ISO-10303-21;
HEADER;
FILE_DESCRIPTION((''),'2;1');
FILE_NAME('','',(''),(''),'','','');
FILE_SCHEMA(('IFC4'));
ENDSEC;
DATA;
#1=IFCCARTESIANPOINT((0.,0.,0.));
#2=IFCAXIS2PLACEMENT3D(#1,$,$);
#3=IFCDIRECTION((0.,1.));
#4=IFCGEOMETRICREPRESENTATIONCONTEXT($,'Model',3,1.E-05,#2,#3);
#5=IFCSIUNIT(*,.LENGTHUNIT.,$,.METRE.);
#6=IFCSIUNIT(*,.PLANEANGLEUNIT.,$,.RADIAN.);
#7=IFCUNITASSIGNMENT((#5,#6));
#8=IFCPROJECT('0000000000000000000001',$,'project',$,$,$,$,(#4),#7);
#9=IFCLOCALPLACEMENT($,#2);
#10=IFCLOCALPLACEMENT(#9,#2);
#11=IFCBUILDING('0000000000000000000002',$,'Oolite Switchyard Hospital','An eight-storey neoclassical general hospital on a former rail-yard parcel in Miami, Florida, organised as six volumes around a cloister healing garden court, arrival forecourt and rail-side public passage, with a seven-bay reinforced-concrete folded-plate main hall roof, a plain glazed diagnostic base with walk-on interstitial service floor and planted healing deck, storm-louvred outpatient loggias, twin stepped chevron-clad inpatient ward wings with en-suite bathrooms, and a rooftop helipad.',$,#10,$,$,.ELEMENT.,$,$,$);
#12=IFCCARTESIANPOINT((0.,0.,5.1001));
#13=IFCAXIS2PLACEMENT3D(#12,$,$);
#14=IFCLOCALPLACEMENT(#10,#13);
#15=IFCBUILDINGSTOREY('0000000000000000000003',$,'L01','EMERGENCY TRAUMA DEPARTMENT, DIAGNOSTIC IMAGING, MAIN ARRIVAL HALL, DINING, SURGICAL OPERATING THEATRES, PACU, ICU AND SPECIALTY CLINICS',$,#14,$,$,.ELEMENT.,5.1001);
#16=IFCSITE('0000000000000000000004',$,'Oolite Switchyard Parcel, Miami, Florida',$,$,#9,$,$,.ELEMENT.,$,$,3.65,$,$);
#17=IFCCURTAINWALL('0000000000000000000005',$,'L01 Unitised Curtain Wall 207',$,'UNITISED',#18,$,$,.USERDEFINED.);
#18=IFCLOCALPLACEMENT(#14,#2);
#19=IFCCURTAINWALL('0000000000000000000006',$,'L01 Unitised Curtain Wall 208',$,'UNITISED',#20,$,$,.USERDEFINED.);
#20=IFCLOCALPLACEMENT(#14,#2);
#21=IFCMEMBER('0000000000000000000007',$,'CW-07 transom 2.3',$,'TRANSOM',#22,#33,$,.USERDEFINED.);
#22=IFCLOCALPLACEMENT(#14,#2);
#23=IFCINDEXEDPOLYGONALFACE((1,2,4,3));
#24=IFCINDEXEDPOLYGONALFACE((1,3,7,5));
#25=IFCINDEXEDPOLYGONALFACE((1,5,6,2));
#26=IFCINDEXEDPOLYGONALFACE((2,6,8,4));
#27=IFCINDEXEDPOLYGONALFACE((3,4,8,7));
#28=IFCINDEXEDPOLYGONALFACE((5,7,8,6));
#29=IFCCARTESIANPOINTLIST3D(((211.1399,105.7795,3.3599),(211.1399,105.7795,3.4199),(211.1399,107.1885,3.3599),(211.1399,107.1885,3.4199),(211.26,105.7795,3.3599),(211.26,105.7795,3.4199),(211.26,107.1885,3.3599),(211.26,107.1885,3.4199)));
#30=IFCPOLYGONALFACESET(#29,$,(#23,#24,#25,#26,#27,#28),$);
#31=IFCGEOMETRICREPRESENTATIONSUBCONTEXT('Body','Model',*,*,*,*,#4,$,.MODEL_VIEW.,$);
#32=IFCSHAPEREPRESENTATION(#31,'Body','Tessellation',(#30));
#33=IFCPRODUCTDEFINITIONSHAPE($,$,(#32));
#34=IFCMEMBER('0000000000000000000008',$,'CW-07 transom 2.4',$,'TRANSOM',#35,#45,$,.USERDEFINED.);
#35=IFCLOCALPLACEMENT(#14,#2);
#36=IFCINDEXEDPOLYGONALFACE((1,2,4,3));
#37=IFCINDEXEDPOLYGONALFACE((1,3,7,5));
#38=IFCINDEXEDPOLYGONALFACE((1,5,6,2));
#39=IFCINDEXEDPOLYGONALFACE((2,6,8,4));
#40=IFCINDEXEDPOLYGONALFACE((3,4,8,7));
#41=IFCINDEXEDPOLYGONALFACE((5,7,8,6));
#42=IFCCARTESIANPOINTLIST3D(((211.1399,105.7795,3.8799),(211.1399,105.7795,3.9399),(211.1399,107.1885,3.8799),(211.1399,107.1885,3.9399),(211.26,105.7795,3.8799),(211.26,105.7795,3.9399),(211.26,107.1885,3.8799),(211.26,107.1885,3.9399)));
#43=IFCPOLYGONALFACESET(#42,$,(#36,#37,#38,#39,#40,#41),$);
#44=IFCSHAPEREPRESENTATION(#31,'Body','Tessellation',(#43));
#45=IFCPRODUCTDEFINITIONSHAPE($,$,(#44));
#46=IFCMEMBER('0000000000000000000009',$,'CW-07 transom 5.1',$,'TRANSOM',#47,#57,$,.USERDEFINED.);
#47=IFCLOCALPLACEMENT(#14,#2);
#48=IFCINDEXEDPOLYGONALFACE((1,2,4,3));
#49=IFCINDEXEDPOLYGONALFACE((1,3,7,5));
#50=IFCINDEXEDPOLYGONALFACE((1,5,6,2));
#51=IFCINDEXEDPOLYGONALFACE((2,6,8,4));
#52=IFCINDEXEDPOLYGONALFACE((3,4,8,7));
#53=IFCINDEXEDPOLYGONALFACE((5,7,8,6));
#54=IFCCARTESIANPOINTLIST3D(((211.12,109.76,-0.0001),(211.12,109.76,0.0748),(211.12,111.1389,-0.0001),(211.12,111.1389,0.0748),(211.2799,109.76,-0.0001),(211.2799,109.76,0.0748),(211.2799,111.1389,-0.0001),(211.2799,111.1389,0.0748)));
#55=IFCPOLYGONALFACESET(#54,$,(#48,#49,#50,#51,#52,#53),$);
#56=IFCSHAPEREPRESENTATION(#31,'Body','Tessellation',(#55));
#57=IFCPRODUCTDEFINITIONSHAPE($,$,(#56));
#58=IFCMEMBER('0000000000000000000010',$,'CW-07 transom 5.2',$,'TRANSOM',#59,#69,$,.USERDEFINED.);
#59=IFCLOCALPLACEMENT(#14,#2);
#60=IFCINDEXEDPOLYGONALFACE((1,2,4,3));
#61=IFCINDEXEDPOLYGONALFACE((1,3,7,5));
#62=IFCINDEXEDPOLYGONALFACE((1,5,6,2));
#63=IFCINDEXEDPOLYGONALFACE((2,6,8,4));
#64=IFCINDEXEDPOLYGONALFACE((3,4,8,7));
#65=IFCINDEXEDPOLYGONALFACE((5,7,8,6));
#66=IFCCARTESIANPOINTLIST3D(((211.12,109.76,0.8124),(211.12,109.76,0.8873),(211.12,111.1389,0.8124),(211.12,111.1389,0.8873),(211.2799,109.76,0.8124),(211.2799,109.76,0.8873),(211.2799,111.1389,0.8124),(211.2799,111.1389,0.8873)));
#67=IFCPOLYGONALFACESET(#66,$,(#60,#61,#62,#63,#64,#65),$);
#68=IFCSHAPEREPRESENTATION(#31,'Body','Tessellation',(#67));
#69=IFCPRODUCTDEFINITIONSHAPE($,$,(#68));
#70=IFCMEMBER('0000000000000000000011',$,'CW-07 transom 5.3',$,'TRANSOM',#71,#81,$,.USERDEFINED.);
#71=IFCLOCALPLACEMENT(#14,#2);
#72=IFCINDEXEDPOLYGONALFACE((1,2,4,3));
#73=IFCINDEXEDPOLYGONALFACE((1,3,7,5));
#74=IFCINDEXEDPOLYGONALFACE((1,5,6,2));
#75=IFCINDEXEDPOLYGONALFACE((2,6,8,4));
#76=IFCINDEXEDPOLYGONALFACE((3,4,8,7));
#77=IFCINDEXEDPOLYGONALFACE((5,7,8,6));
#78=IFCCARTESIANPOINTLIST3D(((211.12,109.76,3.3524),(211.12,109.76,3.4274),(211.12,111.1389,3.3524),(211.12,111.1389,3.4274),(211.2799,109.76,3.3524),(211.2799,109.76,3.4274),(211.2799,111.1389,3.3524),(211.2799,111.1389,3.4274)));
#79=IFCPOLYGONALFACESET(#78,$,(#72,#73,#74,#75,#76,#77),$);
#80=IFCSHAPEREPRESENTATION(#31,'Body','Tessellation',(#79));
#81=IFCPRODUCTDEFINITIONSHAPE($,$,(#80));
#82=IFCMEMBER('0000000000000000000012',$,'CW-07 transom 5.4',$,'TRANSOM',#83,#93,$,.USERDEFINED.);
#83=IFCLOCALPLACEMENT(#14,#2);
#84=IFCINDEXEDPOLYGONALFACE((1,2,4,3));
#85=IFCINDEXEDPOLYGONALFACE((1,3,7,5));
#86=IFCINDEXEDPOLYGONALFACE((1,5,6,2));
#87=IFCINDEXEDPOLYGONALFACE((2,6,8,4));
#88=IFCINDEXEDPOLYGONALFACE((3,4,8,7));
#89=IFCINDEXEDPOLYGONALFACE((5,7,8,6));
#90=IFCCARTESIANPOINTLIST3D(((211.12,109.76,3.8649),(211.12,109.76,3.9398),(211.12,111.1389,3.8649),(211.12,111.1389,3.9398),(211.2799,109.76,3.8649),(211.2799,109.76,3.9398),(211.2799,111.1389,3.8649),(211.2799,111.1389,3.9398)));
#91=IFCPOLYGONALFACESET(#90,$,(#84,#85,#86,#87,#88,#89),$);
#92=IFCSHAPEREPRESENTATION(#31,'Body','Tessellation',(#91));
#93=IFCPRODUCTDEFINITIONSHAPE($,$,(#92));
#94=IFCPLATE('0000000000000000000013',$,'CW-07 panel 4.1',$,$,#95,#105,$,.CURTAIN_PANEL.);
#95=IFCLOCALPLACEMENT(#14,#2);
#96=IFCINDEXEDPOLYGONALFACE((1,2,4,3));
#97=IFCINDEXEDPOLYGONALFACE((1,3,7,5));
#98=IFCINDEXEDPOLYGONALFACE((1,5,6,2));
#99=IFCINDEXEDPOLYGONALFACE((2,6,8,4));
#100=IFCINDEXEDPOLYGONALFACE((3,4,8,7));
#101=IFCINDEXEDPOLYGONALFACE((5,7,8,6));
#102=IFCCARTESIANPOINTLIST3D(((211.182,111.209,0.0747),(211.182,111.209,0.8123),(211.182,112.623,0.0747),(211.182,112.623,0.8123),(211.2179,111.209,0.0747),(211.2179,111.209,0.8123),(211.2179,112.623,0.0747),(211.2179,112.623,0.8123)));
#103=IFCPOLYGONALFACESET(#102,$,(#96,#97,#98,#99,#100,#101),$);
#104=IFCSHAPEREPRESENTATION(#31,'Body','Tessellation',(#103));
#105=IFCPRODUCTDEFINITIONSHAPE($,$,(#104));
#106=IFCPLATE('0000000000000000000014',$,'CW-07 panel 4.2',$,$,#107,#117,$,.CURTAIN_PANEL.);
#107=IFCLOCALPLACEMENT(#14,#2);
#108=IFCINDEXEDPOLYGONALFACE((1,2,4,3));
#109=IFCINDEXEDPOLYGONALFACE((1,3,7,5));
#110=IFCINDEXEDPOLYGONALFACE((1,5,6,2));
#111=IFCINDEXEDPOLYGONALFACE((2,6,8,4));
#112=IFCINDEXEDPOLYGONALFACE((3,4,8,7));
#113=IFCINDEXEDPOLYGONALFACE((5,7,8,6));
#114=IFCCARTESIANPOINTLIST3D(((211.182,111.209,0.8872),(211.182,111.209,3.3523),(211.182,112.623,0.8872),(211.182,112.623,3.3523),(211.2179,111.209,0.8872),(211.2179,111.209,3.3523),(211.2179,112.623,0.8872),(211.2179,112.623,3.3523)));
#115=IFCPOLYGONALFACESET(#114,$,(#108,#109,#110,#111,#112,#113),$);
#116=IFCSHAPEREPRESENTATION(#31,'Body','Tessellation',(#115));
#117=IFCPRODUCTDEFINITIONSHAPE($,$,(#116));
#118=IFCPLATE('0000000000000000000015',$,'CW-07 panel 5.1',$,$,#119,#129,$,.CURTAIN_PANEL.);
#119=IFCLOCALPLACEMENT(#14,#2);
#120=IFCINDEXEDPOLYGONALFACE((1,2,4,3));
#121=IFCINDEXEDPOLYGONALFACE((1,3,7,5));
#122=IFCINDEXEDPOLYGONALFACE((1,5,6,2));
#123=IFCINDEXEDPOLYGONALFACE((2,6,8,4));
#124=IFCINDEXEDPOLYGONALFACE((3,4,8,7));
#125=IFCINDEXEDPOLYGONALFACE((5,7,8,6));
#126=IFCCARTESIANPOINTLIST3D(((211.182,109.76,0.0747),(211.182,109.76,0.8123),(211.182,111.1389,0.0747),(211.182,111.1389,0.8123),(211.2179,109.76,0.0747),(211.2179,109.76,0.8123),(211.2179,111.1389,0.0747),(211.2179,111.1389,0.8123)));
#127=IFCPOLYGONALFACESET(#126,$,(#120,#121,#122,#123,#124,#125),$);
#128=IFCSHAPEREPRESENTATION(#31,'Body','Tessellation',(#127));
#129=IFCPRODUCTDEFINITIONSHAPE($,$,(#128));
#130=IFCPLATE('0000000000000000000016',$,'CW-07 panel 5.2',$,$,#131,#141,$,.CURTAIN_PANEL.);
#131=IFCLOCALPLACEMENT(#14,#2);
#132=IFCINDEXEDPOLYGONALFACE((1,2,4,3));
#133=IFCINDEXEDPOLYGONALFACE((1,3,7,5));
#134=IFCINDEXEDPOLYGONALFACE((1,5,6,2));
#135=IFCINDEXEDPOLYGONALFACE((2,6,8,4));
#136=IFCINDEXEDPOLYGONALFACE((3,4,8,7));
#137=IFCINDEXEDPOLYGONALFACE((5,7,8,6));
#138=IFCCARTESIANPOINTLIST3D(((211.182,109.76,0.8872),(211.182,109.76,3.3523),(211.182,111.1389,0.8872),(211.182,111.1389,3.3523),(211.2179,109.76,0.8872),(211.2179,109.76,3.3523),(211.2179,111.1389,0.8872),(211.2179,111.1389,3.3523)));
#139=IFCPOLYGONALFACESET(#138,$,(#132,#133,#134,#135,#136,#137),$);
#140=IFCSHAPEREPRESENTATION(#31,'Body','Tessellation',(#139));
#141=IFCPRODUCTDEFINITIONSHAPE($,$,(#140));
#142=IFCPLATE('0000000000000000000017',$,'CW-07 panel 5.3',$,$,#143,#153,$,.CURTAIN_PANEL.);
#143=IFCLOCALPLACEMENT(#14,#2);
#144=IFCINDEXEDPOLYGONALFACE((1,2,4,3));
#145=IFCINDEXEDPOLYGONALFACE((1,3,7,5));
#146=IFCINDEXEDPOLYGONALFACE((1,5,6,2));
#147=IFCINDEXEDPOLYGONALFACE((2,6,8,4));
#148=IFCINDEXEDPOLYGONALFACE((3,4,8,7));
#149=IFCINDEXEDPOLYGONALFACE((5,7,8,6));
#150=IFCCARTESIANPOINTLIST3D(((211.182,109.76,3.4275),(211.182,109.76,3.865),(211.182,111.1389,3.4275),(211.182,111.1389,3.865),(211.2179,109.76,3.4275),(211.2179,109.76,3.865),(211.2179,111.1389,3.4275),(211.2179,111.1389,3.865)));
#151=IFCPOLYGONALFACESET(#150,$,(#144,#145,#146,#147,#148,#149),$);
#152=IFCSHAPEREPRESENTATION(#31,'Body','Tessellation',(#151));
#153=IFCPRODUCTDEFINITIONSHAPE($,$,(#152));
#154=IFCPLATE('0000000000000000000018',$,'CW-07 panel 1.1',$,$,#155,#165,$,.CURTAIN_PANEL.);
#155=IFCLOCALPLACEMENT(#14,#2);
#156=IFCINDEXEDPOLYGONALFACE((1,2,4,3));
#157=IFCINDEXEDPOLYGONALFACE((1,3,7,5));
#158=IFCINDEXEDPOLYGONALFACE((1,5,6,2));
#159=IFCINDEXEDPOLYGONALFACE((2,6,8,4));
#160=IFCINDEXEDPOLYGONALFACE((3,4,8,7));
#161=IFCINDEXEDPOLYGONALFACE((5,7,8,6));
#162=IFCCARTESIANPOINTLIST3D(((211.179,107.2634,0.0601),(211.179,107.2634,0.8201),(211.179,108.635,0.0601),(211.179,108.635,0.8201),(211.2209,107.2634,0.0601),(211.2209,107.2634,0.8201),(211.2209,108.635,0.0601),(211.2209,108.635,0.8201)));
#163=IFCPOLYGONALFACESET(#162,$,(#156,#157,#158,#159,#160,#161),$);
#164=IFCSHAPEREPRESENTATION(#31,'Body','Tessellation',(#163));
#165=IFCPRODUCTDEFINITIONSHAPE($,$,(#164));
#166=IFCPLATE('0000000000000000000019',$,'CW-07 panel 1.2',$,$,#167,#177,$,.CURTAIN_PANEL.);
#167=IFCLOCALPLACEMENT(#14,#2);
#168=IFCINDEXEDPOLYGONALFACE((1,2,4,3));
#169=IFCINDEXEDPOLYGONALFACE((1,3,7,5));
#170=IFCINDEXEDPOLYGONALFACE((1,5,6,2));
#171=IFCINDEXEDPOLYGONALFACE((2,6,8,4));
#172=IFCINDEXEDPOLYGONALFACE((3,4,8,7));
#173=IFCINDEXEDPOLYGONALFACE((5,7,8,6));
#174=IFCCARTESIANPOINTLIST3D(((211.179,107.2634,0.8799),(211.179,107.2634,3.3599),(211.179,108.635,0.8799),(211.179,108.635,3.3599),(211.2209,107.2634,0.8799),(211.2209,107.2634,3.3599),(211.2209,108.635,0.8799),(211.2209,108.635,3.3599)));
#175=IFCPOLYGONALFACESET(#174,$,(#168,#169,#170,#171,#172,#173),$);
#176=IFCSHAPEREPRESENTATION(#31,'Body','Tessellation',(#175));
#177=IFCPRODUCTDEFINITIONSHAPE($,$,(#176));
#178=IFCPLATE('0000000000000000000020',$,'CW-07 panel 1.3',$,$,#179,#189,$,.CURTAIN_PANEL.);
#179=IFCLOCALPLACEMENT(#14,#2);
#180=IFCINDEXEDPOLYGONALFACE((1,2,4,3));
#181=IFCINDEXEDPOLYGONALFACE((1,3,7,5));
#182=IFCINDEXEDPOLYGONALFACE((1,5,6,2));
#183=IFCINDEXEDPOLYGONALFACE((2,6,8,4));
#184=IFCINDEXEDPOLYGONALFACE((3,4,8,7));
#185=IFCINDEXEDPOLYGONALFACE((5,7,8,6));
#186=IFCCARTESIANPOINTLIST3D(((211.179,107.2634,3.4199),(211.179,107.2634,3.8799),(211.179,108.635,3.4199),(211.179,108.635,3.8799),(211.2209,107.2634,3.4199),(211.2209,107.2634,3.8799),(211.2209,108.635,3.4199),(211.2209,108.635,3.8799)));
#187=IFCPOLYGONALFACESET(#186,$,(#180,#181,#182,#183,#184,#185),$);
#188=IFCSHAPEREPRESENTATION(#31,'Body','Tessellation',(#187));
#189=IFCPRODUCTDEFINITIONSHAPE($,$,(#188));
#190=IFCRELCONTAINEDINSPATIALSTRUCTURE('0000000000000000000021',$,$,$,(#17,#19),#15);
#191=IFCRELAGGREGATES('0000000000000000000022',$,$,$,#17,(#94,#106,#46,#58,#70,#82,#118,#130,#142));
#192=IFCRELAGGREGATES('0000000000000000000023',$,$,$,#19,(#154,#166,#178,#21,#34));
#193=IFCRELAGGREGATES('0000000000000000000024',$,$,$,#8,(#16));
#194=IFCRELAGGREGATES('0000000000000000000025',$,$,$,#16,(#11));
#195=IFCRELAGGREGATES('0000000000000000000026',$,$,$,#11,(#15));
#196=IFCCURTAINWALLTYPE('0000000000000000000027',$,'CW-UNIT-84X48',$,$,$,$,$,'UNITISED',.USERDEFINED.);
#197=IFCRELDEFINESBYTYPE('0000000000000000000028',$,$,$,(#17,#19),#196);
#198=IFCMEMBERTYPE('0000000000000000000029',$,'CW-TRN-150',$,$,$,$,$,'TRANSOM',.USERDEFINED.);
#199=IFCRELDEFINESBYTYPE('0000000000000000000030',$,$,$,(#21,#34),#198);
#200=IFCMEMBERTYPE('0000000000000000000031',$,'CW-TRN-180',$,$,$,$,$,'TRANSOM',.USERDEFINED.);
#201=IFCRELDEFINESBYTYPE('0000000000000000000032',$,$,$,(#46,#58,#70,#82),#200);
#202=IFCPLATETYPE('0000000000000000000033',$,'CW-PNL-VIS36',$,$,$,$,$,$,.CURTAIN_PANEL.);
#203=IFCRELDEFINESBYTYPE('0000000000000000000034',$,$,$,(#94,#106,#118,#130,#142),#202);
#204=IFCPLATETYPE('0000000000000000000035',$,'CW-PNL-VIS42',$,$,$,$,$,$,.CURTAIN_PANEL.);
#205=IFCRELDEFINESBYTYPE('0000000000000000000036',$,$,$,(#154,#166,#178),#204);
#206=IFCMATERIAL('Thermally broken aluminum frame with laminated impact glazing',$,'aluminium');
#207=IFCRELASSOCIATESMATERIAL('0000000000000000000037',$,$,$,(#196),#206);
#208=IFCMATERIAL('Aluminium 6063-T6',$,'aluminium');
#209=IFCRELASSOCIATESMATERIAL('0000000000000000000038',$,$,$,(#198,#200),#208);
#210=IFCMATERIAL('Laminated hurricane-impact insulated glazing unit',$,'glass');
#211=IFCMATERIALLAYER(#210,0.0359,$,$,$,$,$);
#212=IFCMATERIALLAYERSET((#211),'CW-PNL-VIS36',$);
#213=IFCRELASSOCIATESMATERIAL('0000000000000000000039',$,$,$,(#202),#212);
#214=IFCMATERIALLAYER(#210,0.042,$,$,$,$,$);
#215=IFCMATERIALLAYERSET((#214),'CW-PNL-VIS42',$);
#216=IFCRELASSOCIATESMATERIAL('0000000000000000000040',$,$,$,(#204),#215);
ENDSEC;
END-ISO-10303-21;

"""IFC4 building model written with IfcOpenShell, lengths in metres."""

from ifc_helpers import new_model, si_unit, direction, frame, origin, origin_2d, place, context, subcontext, project, spatial, rectangle, extrude, material, layer, layer_set, material_profile, profile_set, type_object, element, aggregate, save


model = new_model("IFC4")

# Units and contexts
model_context = context("Model", 3, precision=1e-05, world=origin(), true_north=direction((0.0, 1.0)))
body_context = subcontext(model_context, "Body", "Model", "MODEL_VIEW")
ifc_project = project(units=[si_unit("LENGTHUNIT", "METRE"), si_unit("PLANEANGLEUNIT", "RADIAN")], contexts=[model_context])

# Site, building, storey
site_placement = place(None, origin())
site = spatial("IfcSite", under=ifc_project, at=site_placement, Name="Oolite Switchyard Parcel, Miami, Florida", CompositionType="ELEMENT", RefElevation=3.65)
building_placement = place(site_placement, origin())
building = spatial("IfcBuilding", under=site, at=building_placement, Name="Oolite Switchyard Hospital", Description="An eight-storey neoclassical general hospital on a former rail-yard parcel in Miami, Florida, organised as six volumes around a cloister healing garden court, arrival forecourt and rail-side public passage, with a seven-bay reinforced-concrete folded-plate main hall roof, a plain glazed diagnostic base with walk-on interstitial service floor and planted healing deck, storm-louvred outpatient loggias, twin stepped chevron-clad inpatient ward wings with en-suite bathrooms, and a rooftop helipad.", CompositionType="ELEMENT")
storey_placement = place(building_placement, frame((0.0, 0.0, 5.1001)))
storey = spatial("IfcBuildingStorey", under=building, at=storey_placement, Name="L01", Description="EMERGENCY TRAUMA DEPARTMENT, DIAGNOSTIC IMAGING, MAIN ARRIVAL HALL, DINING, SURGICAL OPERATING THEATRES, PACU, ICU AND SPECIALTY CLINICS", CompositionType="ELEMENT", Elevation=5.1001)

# Curtain walls, members
ifc_material_1 = material(Name="Thermally broken aluminum frame with laminated impact glazing", Category="aluminium")
curtain_wall_type = type_object("IfcCurtainWallType", Name="CW-UNIT-84X48", ElementType="UNITISED", PredefinedType="USERDEFINED", material=ifc_material_1)
curtain_wall_1_placement = place(storey_placement, origin())
curtain_wall_1 = element("IfcCurtainWall", 1, at=curtain_wall_1_placement, inside=storey, type_object=curtain_wall_type, Name="L01 Unitised Curtain Wall 207", ObjectType="UNITISED", PredefinedType="USERDEFINED")
ifc_material_2 = material(Name="Aluminium 6063-T6", Category="aluminium")
curtain_wall_2_placement = place(storey_placement, origin())
curtain_wall_2 = element("IfcCurtainWall", 2, at=curtain_wall_2_placement, inside=storey, type_object=curtain_wall_type, Name="L01 Unitised Curtain Wall 208", ObjectType="UNITISED", PredefinedType="USERDEFINED")
ifc_material_profile_1 = material_profile(ifc_material_2, rectangle(XDim=0.1201, YDim=0.0601, at=origin_2d()), Name="CWT60X120")
ifc_profile_set_1 = profile_set([ifc_material_profile_1], Name="Aluminium 6063-T6")
member_type_1 = type_object("IfcMemberType", Name="CW-TRN-150", ElementType="TRANSOM", PredefinedType="USERDEFINED", material=ifc_profile_set_1)
member_1_placement = place(storey_placement, frame((211.2, 107.1885, 3.3899), z_axis=(0.0, -1.0, 0.0), x_axis=(1.0, 0.0, 0.0)))
member_1 = element("IfcMember", 3, at=member_1_placement, type_object=member_type_1, Name="CW-07 transom 2.3", ObjectType="TRANSOM", PredefinedType="USERDEFINED", context=body_context, shape_type="SweptSolid", body=[
    extrude(rectangle(XDim=0.1201, YDim=0.0601, at=origin_2d()), origin(), (0.0, 0.0, 1.0), 1.4089),
])
member_2_placement = place(storey_placement, frame((211.2, 107.1885, 3.9099), z_axis=(0.0, -1.0, 0.0), x_axis=(1.0, 0.0, 0.0)))
member_2 = element("IfcMember", 4, at=member_2_placement, type_object=member_type_1, Name="CW-07 transom 2.4", ObjectType="TRANSOM", PredefinedType="USERDEFINED", context=body_context, shape_type="SweptSolid", body=[
    extrude(rectangle(XDim=0.1201, YDim=0.0601, at=origin_2d()), origin(), (0.0, 0.0, 1.0), 1.4089),
])

# Members
ifc_material_profile_2 = material_profile(ifc_material_2, rectangle(XDim=0.1599, YDim=0.075, at=origin_2d()), Name="CWT75X160")
ifc_profile_set_2 = profile_set([ifc_material_profile_2], Name="Aluminium 6063-T6")
member_type_2 = type_object("IfcMemberType", Name="CW-TRN-180", ElementType="TRANSOM", PredefinedType="USERDEFINED", material=ifc_profile_set_2)
member_3_placement = place(storey_placement, frame((211.2, 111.1389, 0.0374), z_axis=(0.0, -1.0, 0.0), x_axis=(1.0, 0.0, 0.0)))
member_3 = element("IfcMember", 5, at=member_3_placement, type_object=member_type_2, Name="CW-07 transom 5.1", ObjectType="TRANSOM", PredefinedType="USERDEFINED", context=body_context, shape_type="SweptSolid", body=[
    extrude(rectangle(XDim=0.1599, YDim=0.075, at=origin_2d()), origin(), (0.0, 0.0, 1.0), 1.3789),
])
member_4_placement = place(storey_placement, frame((211.2, 111.1389, 0.8499), z_axis=(0.0, -1.0, 0.0), x_axis=(1.0, 0.0, 0.0)))
member_4 = element("IfcMember", 6, at=member_4_placement, type_object=member_type_2, Name="CW-07 transom 5.2", ObjectType="TRANSOM", PredefinedType="USERDEFINED", context=body_context, shape_type="SweptSolid", body=[
    extrude(rectangle(XDim=0.1599, YDim=0.075, at=origin_2d()), origin(), (0.0, 0.0, 1.0), 1.3789),
])
member_5_placement = place(storey_placement, frame((211.2, 111.1389, 3.3899), z_axis=(0.0, -1.0, 0.0), x_axis=(1.0, 0.0, 0.0)))
member_5 = element("IfcMember", 7, at=member_5_placement, type_object=member_type_2, Name="CW-07 transom 5.3", ObjectType="TRANSOM", PredefinedType="USERDEFINED", context=body_context, shape_type="SweptSolid", body=[
    extrude(rectangle(XDim=0.1599, YDim=0.075, at=origin_2d()), origin(), (0.0, 0.0, 1.0), 1.3789),
])
member_6_placement = place(storey_placement, frame((211.2, 111.1389, 3.9023), z_axis=(0.0, -1.0, 0.0), x_axis=(1.0, 0.0, 0.0)))
member_6 = element("IfcMember", 8, at=member_6_placement, type_object=member_type_2, Name="CW-07 transom 5.4", ObjectType="TRANSOM", PredefinedType="USERDEFINED", context=body_context, shape_type="SweptSolid", body=[
    extrude(rectangle(XDim=0.1599, YDim=0.075, at=origin_2d()), origin(), (0.0, 0.0, 1.0), 1.3789),
])

# Plates
ifc_material_3 = material(Name="Laminated hurricane-impact insulated glazing unit", Category="glass")
ifc_layer_1 = layer(ifc_material_3, 0.0359)
ifc_layer_set_1 = layer_set([ifc_layer_1], Name="CW-PNL-VIS36")
plate_type_1 = type_object("IfcPlateType", Name="CW-PNL-VIS36", PredefinedType="CURTAIN_PANEL", material=ifc_layer_set_1)
plate_1_placement = place(storey_placement, frame((211.2, 111.916, 0.0747), z_axis=(0.0, 0.0, 1.0), x_axis=(0.0, -1.0, 0.0)))
plate_1 = element("IfcPlate", 9, at=plate_1_placement, type_object=plate_type_1, Name="CW-07 panel 4.1", PredefinedType="CURTAIN_PANEL", context=body_context, shape_type="SweptSolid", body=[
    extrude(rectangle(XDim=1.4141, YDim=0.0359, at=origin_2d()), origin(), (0.0, 0.0, 1.0), 0.7375),
])
plate_2_placement = place(storey_placement, frame((211.2, 111.916, 0.8872), z_axis=(0.0, 0.0, 1.0), x_axis=(0.0, -1.0, 0.0)))
plate_2 = element("IfcPlate", 10, at=plate_2_placement, type_object=plate_type_1, Name="CW-07 panel 4.2", PredefinedType="CURTAIN_PANEL", context=body_context, shape_type="SweptSolid", body=[
    extrude(rectangle(XDim=1.4141, YDim=0.0359, at=origin_2d()), origin(), (0.0, 0.0, 1.0), 2.4651),
])
plate_3_placement = place(storey_placement, frame((211.2, 110.4495, 0.0747), z_axis=(0.0, 0.0, 1.0), x_axis=(0.0, -1.0, 0.0)))
plate_3 = element("IfcPlate", 11, at=plate_3_placement, type_object=plate_type_1, Name="CW-07 panel 5.1", PredefinedType="CURTAIN_PANEL", context=body_context, shape_type="SweptSolid", body=[
    extrude(rectangle(XDim=1.3789, YDim=0.0359, at=origin_2d()), origin(), (0.0, 0.0, 1.0), 0.7375),
])
plate_4_placement = place(storey_placement, frame((211.2, 110.4495, 0.8872), z_axis=(0.0, 0.0, 1.0), x_axis=(0.0, -1.0, 0.0)))
plate_4 = element("IfcPlate", 12, at=plate_4_placement, type_object=plate_type_1, Name="CW-07 panel 5.2", PredefinedType="CURTAIN_PANEL", context=body_context, shape_type="SweptSolid", body=[
    extrude(rectangle(XDim=1.3789, YDim=0.0359, at=origin_2d()), origin(), (0.0, 0.0, 1.0), 2.4651),
])
plate_5_placement = place(storey_placement, frame((211.2, 110.4495, 3.4275), z_axis=(0.0, 0.0, 1.0), x_axis=(0.0, -1.0, 0.0)))
plate_5 = element("IfcPlate", 13, at=plate_5_placement, type_object=plate_type_1, Name="CW-07 panel 5.3", PredefinedType="CURTAIN_PANEL", context=body_context, shape_type="SweptSolid", body=[
    extrude(rectangle(XDim=1.3789, YDim=0.0359, at=origin_2d()), origin(), (0.0, 0.0, 1.0), 0.4375),
])
aggregate(curtain_wall_1, [plate_1, plate_2, member_3, member_4, member_5, member_6, plate_3, plate_4, plate_5])
ifc_layer_2 = layer(ifc_material_3, 0.042)
ifc_layer_set_2 = layer_set([ifc_layer_2], Name="CW-PNL-VIS42")
plate_type_2 = type_object("IfcPlateType", Name="CW-PNL-VIS42", PredefinedType="CURTAIN_PANEL", material=ifc_layer_set_2)
plate_6_placement = place(storey_placement, frame((211.2, 107.9492, 0.0601), z_axis=(0.0, 0.0, 1.0), x_axis=(0.0, -1.0, 0.0)))
plate_6 = element("IfcPlate", 14, at=plate_6_placement, type_object=plate_type_2, Name="CW-07 panel 1.1", PredefinedType="CURTAIN_PANEL", context=body_context, shape_type="SweptSolid", body=[
    extrude(rectangle(XDim=1.3716, YDim=0.042, at=origin_2d()), origin(), (0.0, 0.0, 1.0), 0.76),
])
plate_7_placement = place(storey_placement, frame((211.2, 107.9492, 0.8799), z_axis=(0.0, 0.0, 1.0), x_axis=(0.0, -1.0, 0.0)))
plate_7 = element("IfcPlate", 15, at=plate_7_placement, type_object=plate_type_2, Name="CW-07 panel 1.2", PredefinedType="CURTAIN_PANEL", context=body_context, shape_type="SweptSolid", body=[
    extrude(rectangle(XDim=1.3716, YDim=0.042, at=origin_2d()), origin(), (0.0, 0.0, 1.0), 2.48),
])
plate_8_placement = place(storey_placement, frame((211.2, 107.9492, 3.4199), z_axis=(0.0, 0.0, 1.0), x_axis=(0.0, -1.0, 0.0)))
plate_8 = element("IfcPlate", 16, at=plate_8_placement, type_object=plate_type_2, Name="CW-07 panel 1.3", PredefinedType="CURTAIN_PANEL", context=body_context, shape_type="SweptSolid", body=[
    extrude(rectangle(XDim=1.3716, YDim=0.042, at=origin_2d()), origin(), (0.0, 0.0, 1.0), 0.46),
])
aggregate(curtain_wall_2, [plate_6, plate_7, plate_8, member_1, member_2])

save(model, "model.ifc")
